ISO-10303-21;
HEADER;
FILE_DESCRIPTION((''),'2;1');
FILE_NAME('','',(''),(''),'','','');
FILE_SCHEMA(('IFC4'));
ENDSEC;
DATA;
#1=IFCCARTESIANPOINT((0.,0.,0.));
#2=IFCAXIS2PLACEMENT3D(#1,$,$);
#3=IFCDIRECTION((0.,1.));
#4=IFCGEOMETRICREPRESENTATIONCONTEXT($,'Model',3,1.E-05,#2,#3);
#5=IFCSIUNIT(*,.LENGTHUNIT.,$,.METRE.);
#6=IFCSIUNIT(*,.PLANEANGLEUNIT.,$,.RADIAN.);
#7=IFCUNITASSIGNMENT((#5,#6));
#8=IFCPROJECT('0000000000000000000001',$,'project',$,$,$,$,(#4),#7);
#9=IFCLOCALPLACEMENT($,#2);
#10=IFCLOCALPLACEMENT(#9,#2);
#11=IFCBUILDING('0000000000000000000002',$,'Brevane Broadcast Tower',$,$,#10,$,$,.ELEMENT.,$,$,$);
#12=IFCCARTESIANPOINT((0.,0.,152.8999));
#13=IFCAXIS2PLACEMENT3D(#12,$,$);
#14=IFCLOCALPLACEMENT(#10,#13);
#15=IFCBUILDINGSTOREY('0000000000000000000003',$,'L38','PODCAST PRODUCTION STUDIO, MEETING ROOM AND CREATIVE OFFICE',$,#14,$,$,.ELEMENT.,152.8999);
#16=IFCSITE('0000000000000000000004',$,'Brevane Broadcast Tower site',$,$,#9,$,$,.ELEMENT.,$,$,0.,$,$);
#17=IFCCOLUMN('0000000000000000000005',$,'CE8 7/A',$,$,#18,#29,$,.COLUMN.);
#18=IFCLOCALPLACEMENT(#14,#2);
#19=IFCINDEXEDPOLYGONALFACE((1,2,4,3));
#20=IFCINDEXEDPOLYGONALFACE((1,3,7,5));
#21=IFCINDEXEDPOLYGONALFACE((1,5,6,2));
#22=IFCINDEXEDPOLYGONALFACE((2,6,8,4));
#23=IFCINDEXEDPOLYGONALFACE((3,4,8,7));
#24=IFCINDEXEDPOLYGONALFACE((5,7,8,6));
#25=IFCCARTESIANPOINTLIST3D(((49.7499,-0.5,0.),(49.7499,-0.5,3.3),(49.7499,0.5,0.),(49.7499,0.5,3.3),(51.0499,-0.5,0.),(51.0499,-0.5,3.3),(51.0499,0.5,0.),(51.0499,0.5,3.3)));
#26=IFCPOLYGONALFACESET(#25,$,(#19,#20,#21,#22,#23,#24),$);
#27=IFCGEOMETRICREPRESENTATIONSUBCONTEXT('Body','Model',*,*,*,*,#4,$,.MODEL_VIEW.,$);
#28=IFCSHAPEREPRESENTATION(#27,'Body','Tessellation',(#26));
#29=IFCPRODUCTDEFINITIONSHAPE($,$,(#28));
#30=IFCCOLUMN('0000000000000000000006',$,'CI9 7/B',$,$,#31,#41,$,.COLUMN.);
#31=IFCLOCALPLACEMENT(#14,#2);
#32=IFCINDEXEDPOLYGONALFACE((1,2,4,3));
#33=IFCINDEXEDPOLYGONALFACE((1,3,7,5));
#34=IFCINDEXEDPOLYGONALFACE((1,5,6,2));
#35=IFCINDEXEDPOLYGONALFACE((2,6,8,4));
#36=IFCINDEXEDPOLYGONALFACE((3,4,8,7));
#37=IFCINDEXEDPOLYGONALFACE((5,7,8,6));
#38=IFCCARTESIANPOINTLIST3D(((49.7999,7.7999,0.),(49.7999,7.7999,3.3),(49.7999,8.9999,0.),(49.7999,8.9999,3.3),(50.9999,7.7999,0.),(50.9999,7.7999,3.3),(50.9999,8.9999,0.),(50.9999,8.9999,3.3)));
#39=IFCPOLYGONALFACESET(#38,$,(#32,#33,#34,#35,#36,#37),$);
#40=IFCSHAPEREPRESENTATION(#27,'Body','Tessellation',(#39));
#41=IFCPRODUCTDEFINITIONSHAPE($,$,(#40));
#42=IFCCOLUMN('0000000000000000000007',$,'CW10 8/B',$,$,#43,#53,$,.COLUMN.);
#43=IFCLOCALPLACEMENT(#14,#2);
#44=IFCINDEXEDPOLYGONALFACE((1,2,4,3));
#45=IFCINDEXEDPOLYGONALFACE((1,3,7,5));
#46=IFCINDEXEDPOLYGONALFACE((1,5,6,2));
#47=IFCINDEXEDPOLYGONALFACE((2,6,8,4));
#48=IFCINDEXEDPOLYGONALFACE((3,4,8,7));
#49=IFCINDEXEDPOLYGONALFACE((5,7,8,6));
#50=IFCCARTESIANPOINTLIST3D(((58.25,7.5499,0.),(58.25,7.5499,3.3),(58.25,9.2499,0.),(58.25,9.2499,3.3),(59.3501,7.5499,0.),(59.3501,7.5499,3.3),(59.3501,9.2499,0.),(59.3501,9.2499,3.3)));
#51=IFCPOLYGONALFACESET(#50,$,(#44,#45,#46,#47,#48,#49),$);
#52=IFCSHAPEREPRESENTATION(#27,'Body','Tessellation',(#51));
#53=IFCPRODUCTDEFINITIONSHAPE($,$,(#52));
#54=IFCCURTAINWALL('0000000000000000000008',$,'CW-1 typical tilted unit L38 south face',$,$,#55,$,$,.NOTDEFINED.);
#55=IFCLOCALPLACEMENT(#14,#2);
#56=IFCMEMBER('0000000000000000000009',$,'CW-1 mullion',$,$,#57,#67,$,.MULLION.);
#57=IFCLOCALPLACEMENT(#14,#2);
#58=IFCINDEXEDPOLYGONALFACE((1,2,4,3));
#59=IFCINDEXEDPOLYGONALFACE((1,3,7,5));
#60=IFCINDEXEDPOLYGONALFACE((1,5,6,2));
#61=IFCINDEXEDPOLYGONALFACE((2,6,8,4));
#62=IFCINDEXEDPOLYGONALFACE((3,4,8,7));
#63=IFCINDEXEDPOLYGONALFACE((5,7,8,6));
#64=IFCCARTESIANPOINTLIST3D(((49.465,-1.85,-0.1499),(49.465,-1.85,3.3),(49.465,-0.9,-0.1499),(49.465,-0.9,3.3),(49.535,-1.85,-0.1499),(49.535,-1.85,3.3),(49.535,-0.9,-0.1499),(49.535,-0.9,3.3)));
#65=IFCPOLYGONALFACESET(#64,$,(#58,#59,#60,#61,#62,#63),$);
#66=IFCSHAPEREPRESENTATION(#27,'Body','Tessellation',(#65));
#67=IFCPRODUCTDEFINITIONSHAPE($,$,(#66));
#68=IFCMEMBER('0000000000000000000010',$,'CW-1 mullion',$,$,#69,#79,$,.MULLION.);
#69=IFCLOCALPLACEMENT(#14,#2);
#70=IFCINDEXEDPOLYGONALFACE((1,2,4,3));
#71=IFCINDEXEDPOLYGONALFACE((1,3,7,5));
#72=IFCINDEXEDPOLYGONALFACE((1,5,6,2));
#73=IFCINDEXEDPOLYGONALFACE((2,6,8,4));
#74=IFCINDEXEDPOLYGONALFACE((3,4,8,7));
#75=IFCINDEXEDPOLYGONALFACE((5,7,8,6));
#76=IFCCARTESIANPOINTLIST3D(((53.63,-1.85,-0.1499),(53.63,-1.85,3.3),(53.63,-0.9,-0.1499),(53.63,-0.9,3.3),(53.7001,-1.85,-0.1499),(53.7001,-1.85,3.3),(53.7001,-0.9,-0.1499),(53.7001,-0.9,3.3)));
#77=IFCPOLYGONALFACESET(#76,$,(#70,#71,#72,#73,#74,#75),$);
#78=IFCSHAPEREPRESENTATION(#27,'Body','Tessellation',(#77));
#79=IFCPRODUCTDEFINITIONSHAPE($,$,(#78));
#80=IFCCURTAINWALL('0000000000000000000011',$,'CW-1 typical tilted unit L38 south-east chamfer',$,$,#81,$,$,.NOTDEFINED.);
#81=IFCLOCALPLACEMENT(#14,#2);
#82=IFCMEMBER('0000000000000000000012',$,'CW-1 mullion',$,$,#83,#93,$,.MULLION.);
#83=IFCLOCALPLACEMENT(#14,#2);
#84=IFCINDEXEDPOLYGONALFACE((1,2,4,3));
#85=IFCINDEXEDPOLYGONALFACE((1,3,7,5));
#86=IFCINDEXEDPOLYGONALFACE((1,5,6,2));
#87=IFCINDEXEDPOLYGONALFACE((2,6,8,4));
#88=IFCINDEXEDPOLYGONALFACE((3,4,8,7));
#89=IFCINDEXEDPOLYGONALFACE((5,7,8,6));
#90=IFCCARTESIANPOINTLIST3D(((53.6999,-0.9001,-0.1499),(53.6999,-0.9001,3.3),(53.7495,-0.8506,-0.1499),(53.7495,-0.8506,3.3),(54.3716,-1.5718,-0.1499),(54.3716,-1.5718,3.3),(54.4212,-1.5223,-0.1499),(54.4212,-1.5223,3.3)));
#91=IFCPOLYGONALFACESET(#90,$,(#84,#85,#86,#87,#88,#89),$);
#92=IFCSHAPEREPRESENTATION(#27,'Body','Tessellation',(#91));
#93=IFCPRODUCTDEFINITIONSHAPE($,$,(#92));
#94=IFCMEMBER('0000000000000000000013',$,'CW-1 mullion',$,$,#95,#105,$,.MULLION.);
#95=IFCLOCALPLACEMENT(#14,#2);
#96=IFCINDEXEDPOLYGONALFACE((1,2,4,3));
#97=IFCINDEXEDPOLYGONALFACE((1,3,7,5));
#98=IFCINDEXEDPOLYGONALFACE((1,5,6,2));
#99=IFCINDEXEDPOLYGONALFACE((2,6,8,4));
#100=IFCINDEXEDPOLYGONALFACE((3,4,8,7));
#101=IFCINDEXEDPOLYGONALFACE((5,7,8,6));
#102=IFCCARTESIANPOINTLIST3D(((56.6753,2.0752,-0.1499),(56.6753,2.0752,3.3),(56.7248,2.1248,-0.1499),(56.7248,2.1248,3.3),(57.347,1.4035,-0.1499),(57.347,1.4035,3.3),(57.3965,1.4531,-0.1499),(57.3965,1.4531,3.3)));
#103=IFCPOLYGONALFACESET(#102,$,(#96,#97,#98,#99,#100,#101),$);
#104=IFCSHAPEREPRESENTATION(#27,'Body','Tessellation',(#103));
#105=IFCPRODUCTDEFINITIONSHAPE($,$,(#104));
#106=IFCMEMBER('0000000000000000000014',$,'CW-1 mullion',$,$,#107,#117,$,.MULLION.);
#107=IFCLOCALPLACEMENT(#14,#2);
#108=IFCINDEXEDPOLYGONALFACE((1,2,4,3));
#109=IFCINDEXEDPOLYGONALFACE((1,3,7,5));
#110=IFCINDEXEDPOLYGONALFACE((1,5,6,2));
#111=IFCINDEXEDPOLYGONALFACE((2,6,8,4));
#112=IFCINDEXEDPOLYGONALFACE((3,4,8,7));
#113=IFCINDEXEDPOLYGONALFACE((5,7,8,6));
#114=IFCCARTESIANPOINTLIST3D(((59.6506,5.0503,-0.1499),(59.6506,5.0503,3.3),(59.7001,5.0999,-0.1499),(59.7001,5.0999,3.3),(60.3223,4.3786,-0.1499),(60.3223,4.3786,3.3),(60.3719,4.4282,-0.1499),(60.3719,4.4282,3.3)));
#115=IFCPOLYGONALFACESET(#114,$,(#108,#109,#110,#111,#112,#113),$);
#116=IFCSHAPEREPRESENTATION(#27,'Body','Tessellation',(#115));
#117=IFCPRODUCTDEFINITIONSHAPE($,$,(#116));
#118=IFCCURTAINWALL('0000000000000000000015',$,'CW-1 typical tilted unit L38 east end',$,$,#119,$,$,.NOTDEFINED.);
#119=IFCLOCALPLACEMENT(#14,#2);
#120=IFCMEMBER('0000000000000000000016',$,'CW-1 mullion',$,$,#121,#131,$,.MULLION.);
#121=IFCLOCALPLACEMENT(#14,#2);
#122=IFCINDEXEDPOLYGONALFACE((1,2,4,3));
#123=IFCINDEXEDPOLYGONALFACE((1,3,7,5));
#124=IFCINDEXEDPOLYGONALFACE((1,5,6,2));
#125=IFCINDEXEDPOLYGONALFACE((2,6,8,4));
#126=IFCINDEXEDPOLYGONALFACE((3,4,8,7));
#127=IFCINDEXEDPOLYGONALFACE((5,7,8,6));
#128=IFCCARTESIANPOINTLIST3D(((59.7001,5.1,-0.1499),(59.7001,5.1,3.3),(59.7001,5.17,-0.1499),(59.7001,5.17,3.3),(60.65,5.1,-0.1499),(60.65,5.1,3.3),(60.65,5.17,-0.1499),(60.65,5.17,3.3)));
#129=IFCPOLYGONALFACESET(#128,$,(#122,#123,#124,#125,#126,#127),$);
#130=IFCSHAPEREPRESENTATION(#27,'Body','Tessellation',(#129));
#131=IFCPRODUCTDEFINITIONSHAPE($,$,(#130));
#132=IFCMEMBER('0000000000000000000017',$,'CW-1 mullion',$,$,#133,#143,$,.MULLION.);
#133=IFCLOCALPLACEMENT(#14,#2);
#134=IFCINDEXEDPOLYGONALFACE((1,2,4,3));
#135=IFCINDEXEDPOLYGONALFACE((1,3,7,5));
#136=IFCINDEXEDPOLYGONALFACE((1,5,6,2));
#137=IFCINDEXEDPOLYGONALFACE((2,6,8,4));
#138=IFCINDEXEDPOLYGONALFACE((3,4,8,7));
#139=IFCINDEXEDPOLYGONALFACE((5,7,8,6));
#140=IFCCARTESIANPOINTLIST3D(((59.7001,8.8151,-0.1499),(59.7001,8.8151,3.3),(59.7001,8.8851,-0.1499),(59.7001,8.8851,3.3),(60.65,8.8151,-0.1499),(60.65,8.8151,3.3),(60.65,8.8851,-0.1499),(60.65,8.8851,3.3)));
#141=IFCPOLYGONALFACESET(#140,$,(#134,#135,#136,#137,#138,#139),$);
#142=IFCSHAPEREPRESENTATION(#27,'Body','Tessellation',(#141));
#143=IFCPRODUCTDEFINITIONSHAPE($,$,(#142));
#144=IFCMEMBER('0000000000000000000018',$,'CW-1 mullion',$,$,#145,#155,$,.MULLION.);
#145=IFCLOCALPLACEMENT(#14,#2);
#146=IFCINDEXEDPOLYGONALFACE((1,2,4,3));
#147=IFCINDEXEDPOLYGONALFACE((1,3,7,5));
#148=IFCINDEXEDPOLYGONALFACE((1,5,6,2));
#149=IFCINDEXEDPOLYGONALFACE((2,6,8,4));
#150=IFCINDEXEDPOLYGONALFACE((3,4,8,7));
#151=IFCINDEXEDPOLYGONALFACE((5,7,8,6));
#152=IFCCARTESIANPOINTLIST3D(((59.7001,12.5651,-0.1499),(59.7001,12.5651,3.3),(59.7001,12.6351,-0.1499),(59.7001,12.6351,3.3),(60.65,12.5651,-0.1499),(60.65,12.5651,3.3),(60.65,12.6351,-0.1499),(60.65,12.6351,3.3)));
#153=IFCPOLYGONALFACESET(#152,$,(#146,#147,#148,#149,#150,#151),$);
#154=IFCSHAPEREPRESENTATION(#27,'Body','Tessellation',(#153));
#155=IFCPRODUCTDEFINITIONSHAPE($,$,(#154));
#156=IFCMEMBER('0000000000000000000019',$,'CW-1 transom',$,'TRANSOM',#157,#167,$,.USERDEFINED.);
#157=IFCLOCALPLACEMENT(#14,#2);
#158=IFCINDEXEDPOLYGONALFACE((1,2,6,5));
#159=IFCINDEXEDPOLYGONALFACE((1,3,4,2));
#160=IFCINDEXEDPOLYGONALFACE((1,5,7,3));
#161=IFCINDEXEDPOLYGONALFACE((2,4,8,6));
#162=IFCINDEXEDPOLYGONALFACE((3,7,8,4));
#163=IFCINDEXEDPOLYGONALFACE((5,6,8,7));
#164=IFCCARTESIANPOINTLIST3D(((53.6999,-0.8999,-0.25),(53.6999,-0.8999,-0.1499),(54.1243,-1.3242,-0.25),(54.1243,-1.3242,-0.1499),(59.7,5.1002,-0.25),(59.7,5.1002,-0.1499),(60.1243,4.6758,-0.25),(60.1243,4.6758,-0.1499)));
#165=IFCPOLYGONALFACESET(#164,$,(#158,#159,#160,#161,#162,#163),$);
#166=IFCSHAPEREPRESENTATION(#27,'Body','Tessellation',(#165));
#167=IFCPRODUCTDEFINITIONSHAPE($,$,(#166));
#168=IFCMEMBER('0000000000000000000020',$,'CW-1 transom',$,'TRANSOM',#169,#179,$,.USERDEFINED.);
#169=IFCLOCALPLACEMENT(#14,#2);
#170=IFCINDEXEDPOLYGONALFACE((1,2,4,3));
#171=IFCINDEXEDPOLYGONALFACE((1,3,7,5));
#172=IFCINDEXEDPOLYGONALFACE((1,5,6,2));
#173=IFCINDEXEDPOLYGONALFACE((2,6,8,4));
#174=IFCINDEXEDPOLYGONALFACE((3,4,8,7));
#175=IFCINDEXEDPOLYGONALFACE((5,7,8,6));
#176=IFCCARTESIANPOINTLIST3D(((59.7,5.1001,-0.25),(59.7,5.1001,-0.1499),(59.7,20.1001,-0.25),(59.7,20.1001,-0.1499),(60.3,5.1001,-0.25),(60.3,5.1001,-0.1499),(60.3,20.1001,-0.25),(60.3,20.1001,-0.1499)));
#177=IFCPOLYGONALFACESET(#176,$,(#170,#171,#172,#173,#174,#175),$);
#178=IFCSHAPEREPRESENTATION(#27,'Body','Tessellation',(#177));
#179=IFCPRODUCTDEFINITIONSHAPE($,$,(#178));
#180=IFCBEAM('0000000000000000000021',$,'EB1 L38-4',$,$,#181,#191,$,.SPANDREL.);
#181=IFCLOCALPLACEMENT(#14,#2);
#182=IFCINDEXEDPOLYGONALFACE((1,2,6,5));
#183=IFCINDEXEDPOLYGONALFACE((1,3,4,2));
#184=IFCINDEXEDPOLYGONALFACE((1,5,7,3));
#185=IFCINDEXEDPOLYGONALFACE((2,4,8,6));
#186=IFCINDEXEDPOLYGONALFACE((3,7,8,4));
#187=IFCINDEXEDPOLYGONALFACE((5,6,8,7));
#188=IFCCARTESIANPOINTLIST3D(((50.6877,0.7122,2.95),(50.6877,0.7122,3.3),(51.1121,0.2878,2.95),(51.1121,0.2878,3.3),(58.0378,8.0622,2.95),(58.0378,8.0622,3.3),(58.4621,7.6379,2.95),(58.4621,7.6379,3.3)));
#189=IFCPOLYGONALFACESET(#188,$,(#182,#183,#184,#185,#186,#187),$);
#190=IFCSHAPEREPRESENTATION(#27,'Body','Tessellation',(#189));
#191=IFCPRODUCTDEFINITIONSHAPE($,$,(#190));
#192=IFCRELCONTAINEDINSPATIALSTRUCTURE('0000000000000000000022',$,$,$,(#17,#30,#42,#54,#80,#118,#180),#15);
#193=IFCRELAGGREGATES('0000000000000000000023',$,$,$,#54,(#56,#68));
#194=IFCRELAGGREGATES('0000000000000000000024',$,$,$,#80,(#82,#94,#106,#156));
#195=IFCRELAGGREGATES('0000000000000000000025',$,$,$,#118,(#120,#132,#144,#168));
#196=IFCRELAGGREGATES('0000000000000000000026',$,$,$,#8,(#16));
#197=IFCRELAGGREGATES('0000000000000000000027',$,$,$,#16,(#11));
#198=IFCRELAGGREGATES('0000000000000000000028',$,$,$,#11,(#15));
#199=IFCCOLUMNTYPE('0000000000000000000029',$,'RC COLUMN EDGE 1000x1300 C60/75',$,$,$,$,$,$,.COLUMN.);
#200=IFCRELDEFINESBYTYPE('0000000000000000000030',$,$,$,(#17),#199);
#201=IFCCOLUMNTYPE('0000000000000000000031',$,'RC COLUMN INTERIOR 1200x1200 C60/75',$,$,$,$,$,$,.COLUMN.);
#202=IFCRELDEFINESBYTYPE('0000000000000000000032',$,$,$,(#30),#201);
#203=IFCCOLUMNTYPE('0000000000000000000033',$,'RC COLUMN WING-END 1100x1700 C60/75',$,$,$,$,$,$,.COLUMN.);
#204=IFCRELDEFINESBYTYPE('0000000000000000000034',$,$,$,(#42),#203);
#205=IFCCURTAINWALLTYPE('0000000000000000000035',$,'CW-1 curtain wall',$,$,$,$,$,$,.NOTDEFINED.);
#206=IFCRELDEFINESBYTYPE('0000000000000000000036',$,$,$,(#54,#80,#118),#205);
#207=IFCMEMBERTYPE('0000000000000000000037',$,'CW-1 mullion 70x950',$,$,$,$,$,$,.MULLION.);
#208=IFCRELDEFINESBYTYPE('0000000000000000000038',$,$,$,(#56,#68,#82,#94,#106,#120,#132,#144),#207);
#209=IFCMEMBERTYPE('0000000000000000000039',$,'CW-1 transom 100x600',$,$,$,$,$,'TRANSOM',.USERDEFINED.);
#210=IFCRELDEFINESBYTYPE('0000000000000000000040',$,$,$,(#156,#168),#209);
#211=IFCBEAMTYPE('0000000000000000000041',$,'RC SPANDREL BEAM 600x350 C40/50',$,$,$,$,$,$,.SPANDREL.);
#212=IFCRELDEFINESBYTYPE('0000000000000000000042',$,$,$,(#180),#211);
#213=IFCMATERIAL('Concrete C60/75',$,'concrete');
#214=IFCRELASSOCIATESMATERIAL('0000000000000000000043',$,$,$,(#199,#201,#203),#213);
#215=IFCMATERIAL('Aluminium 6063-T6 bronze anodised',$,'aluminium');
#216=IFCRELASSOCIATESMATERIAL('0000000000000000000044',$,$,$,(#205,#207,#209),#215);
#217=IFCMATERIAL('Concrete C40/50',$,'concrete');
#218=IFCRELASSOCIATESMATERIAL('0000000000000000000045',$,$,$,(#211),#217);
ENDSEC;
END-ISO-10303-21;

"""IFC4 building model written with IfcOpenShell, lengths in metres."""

from ifc_helpers import new_model, si_unit, direction, frame, origin, origin_2d, place, context, subcontext, project, spatial, rectangle, extrude, material, material_profile, profile_set, type_object, element, aggregate, save


model = new_model("IFC4")

# Units and contexts
model_context = context("Model", 3, precision=1e-05, world=origin(), true_north=direction((0.0, 1.0)))
body_context = subcontext(model_context, "Body", "Model", "MODEL_VIEW")
ifc_project = project(units=[si_unit("LENGTHUNIT", "METRE"), si_unit("PLANEANGLEUNIT", "RADIAN")], contexts=[model_context])

# Site, building, storey
site_placement = place(None, origin())
site = spatial("IfcSite", under=ifc_project, at=site_placement, Name="Brevane Broadcast Tower site", CompositionType="ELEMENT", RefElevation=0.0)
building_placement = place(site_placement, origin())
building = spatial("IfcBuilding", under=site, at=building_placement, Name="Brevane Broadcast Tower", CompositionType="ELEMENT")
storey_placement = place(building_placement, frame((0.0, 0.0, 152.8999)))
storey = spatial("IfcBuildingStorey", under=building, at=storey_placement, Name="L38", Description="PODCAST PRODUCTION STUDIO, MEETING ROOM AND CREATIVE OFFICE", CompositionType="ELEMENT", Elevation=152.8999)

# Columns
ifc_material_1 = material(Name="Concrete C60/75", Category="concrete")
ifc_material_profile_1 = material_profile(ifc_material_1, rectangle(XDim=1.0, YDim=1.3, at=origin_2d()), Name="RC 1000x1300")
ifc_profile_set_1 = profile_set([ifc_material_profile_1], Name="Concrete C60/75")
column_type_1 = type_object("IfcColumnType", Name="RC COLUMN EDGE 1000x1300 C60/75", PredefinedType="COLUMN", material=ifc_profile_set_1)
column_1_placement = place(storey_placement, frame((50.3999, 0.0, 0.0), z_axis=(0.0, 0.0, 1.0), x_axis=(0.0, 1.0, 0.0)))
element("IfcColumn", 1, at=column_1_placement, inside=storey, type_object=column_type_1, Name="CE8 7/A", PredefinedType="COLUMN", context=body_context, shape_type="SweptSolid", body=[
    extrude(rectangle(XDim=1.0, YDim=1.3, at=origin_2d()), origin(), (0.0, 0.0, 1.0), 3.3),
])
ifc_material_profile_2 = material_profile(ifc_material_1, rectangle(XDim=1.2, YDim=1.2, at=origin_2d()), Name="RC 1200x1200")
ifc_profile_set_2 = profile_set([ifc_material_profile_2], Name="Concrete C60/75")
column_type_2 = type_object("IfcColumnType", Name="RC COLUMN INTERIOR 1200x1200 C60/75", PredefinedType="COLUMN", material=ifc_profile_set_2)
column_2_placement = place(storey_placement, frame((50.3999, 8.3999, 0.0), z_axis=(0.0, 0.0, 1.0), x_axis=(1.0, 0.0, 0.0)))
element("IfcColumn", 2, at=column_2_placement, inside=storey, type_object=column_type_2, Name="CI9 7/B", PredefinedType="COLUMN", context=body_context, shape_type="SweptSolid", body=[
    extrude(rectangle(XDim=1.2, YDim=1.2, at=origin_2d()), origin(), (0.0, 0.0, 1.0), 3.3),
])
ifc_material_profile_3 = material_profile(ifc_material_1, rectangle(XDim=1.1001, YDim=1.7, at=origin_2d()), Name="RC 1100x1700")
ifc_profile_set_3 = profile_set([ifc_material_profile_3], Name="Concrete C60/75")
column_type_3 = type_object("IfcColumnType", Name="RC COLUMN WING-END 1100x1700 C60/75", PredefinedType="COLUMN", material=ifc_profile_set_3)
column_3_placement = place(storey_placement, frame((58.8, 8.3999, 0.0), z_axis=(0.0, 0.0, 1.0), x_axis=(1.0, 0.0, 0.0)))
element("IfcColumn", 3, at=column_3_placement, inside=storey, type_object=column_type_3, Name="CW10 8/B", PredefinedType="COLUMN", context=body_context, shape_type="SweptSolid", body=[
    extrude(rectangle(XDim=1.1001, YDim=1.7, at=origin_2d()), origin(), (0.0, 0.0, 1.0), 3.3),
])

# Curtain walls, members
ifc_material_2 = material(Name="Aluminium 6063-T6 bronze anodised", Category="aluminium")
curtain_wall_type = type_object("IfcCurtainWallType", Name="CW-1 curtain wall", PredefinedType="NOTDEFINED", material=ifc_material_2)
curtain_wall_1_placement = place(storey_placement, origin())
curtain_wall_1 = element("IfcCurtainWall", 4, at=curtain_wall_1_placement, inside=storey, type_object=curtain_wall_type, Name="CW-1 typical tilted unit L38 south face", PredefinedType="NOTDEFINED")
ifc_material_profile_4 = material_profile(ifc_material_2, rectangle(XDim=0.95, YDim=0.0701, at=origin_2d()), Name="RECT 70x950")
ifc_profile_set_4 = profile_set([ifc_material_profile_4], Name="Aluminium 6063-T6 bronze anodised")
member_type_1 = type_object("IfcMemberType", Name="CW-1 mullion 70x950", PredefinedType="MULLION", material=ifc_profile_set_4)
member_1_placement = place(storey_placement, frame((49.5, -1.375, -0.1499), z_axis=(0.0, 0.0, 1.0), x_axis=(0.0, 1.0, 0.0)))
member_1 = element("IfcMember", 5, at=member_1_placement, type_object=member_type_1, Name="CW-1 mullion", PredefinedType="MULLION", context=body_context, shape_type="SweptSolid", body=[
    extrude(rectangle(XDim=0.95, YDim=0.0701, at=origin_2d()), origin(), (0.0, 0.0, 1.0), 3.45),
])
member_2_placement = place(storey_placement, frame((53.665, -1.375, -0.1499), z_axis=(0.0, 0.0, 1.0), x_axis=(0.0, 1.0, 0.0)))
member_2 = element("IfcMember", 6, at=member_2_placement, type_object=member_type_1, Name="CW-1 mullion", PredefinedType="MULLION", context=body_context, shape_type="SweptSolid", body=[
    extrude(rectangle(XDim=0.95, YDim=0.0701, at=origin_2d()), origin(), (0.0, 0.0, 1.0), 3.45),
])
aggregate(curtain_wall_1, [member_1, member_2])
curtain_wall_2_placement = place(storey_placement, origin())
curtain_wall_2 = element("IfcCurtainWall", 7, at=curtain_wall_2_placement, inside=storey, type_object=curtain_wall_type, Name="CW-1 typical tilted unit L38 south-east chamfer", PredefinedType="NOTDEFINED")
member_3_placement = place(storey_placement, frame((54.0605, -1.2112, -0.1499), z_axis=(0.0, 0.0, 1.0), x_axis=(-0.707107, 0.707107, 0.0)))
member_3 = element("IfcMember", 8, at=member_3_placement, type_object=member_type_1, Name="CW-1 mullion", PredefinedType="MULLION", context=body_context, shape_type="SweptSolid", body=[
    extrude(rectangle(XDim=0.95, YDim=0.0701, at=origin_2d()), origin(), (0.0, 0.0, 1.0), 3.45),
])
member_4_placement = place(storey_placement, frame((57.0359, 1.7642, -0.1499), z_axis=(0.0, 0.0, 1.0), x_axis=(-0.707107, 0.707107, 0.0)))
member_4 = element("IfcMember", 9, at=member_4_placement, type_object=member_type_1, Name="CW-1 mullion", PredefinedType="MULLION", context=body_context, shape_type="SweptSolid", body=[
    extrude(rectangle(XDim=0.95, YDim=0.0701, at=origin_2d()), origin(), (0.0, 0.0, 1.0), 3.45),
])
member_5_placement = place(storey_placement, frame((60.0112, 4.7393, -0.1499), z_axis=(0.0, 0.0, 1.0), x_axis=(-0.707107, 0.707107, 0.0)))
member_5 = element("IfcMember", 10, at=member_5_placement, type_object=member_type_1, Name="CW-1 mullion", PredefinedType="MULLION", context=body_context, shape_type="SweptSolid", body=[
    extrude(rectangle(XDim=0.95, YDim=0.0701, at=origin_2d()), origin(), (0.0, 0.0, 1.0), 3.45),
])
curtain_wall_3_placement = place(storey_placement, origin())
curtain_wall_3 = element("IfcCurtainWall", 11, at=curtain_wall_3_placement, inside=storey, type_object=curtain_wall_type, Name="CW-1 typical tilted unit L38 east end", PredefinedType="NOTDEFINED")
member_6_placement = place(storey_placement, frame((60.175, 5.135, -0.1499), z_axis=(0.0, 0.0, 1.0), x_axis=(-1.0, 0.0, 0.0)))
member_6 = element("IfcMember", 12, at=member_6_placement, type_object=member_type_1, Name="CW-1 mullion", PredefinedType="MULLION", context=body_context, shape_type="SweptSolid", body=[
    extrude(rectangle(XDim=0.95, YDim=0.0701, at=origin_2d()), origin(), (0.0, 0.0, 1.0), 3.45),
])
member_7_placement = place(storey_placement, frame((60.175, 8.8501, -0.1499), z_axis=(0.0, 0.0, 1.0), x_axis=(-1.0, 0.0, 0.0)))
member_7 = element("IfcMember", 13, at=member_7_placement, type_object=member_type_1, Name="CW-1 mullion", PredefinedType="MULLION", context=body_context, shape_type="SweptSolid", body=[
    extrude(rectangle(XDim=0.95, YDim=0.0701, at=origin_2d()), origin(), (0.0, 0.0, 1.0), 3.45),
])
member_8_placement = place(storey_placement, frame((60.175, 12.6001, -0.1499), z_axis=(0.0, 0.0, 1.0), x_axis=(-1.0, 0.0, 0.0)))
member_8 = element("IfcMember", 14, at=member_8_placement, type_object=member_type_1, Name="CW-1 mullion", PredefinedType="MULLION", context=body_context, shape_type="SweptSolid", body=[
    extrude(rectangle(XDim=0.95, YDim=0.0701, at=origin_2d()), origin(), (0.0, 0.0, 1.0), 3.45),
])

# Members
ifc_material_profile_5 = material_profile(ifc_material_2, rectangle(XDim=0.6001, YDim=0.1001, at=origin_2d()), Name="RECT 100x600")
ifc_profile_set_5 = profile_set([ifc_material_profile_5], Name="Aluminium 6063-T6 bronze anodised")
member_type_2 = type_object("IfcMemberType", Name="CW-1 transom 100x600", ElementType="TRANSOM", PredefinedType="USERDEFINED", material=ifc_profile_set_5)
member_9_placement = place(storey_placement, frame((53.9121, -1.1121, -0.2), z_axis=(0.707107, 0.707107, 0.0), x_axis=(-0.707107, 0.707107, 0.0)))
member_9 = element("IfcMember", 15, at=member_9_placement, type_object=member_type_2, Name="CW-1 transom", ObjectType="TRANSOM", PredefinedType="USERDEFINED", context=body_context, shape_type="SweptSolid", body=[
    extrude(rectangle(XDim=0.6001, YDim=0.1001, at=origin_2d()), origin(), (0.0, 0.0, 1.0), 8.4854),
])
aggregate(curtain_wall_2, [member_3, member_4, member_5, member_9])
member_10_placement = place(storey_placement, frame((60.0, 5.1001, -0.2), z_axis=(0.0, 1.0, 0.0), x_axis=(-1.0, 0.0, 0.0)))
member_10 = element("IfcMember", 16, at=member_10_placement, type_object=member_type_2, Name="CW-1 transom", ObjectType="TRANSOM", PredefinedType="USERDEFINED", context=body_context, shape_type="SweptSolid", body=[
    extrude(rectangle(XDim=0.6001, YDim=0.1001, at=origin_2d()), origin(), (0.0, 0.0, 1.0), 15.0),
])
aggregate(curtain_wall_3, [member_6, member_7, member_8, member_10])

# Beam
ifc_material_3 = material(Name="Concrete C40/50", Category="concrete")
ifc_material_profile_6 = material_profile(ifc_material_3, rectangle(XDim=0.6001, YDim=0.3501, at=origin_2d()), Name="RC 600x350")
ifc_profile_set_6 = profile_set([ifc_material_profile_6], Name="Concrete C40/50")
beam_type = type_object("IfcBeamType", Name="RC SPANDREL BEAM 600x350 C40/50", PredefinedType="SPANDREL", material=ifc_profile_set_6)
beam_1_placement = place(storey_placement, frame((50.8999, 0.5, 3.125), z_axis=(0.707107, 0.707107, 0.0), x_axis=(-0.707107, 0.707107, 0.0)))
element("IfcBeam", 17, at=beam_1_placement, inside=storey, type_object=beam_type, Name="EB1 L38-4", PredefinedType="SPANDREL", context=body_context, shape_type="SweptSolid", body=[
    extrude(rectangle(XDim=0.6001, YDim=0.3501, at=origin_2d()), origin(), (0.0, 0.0, 1.0), 10.3945),
])

save(model, "model.ifc")
